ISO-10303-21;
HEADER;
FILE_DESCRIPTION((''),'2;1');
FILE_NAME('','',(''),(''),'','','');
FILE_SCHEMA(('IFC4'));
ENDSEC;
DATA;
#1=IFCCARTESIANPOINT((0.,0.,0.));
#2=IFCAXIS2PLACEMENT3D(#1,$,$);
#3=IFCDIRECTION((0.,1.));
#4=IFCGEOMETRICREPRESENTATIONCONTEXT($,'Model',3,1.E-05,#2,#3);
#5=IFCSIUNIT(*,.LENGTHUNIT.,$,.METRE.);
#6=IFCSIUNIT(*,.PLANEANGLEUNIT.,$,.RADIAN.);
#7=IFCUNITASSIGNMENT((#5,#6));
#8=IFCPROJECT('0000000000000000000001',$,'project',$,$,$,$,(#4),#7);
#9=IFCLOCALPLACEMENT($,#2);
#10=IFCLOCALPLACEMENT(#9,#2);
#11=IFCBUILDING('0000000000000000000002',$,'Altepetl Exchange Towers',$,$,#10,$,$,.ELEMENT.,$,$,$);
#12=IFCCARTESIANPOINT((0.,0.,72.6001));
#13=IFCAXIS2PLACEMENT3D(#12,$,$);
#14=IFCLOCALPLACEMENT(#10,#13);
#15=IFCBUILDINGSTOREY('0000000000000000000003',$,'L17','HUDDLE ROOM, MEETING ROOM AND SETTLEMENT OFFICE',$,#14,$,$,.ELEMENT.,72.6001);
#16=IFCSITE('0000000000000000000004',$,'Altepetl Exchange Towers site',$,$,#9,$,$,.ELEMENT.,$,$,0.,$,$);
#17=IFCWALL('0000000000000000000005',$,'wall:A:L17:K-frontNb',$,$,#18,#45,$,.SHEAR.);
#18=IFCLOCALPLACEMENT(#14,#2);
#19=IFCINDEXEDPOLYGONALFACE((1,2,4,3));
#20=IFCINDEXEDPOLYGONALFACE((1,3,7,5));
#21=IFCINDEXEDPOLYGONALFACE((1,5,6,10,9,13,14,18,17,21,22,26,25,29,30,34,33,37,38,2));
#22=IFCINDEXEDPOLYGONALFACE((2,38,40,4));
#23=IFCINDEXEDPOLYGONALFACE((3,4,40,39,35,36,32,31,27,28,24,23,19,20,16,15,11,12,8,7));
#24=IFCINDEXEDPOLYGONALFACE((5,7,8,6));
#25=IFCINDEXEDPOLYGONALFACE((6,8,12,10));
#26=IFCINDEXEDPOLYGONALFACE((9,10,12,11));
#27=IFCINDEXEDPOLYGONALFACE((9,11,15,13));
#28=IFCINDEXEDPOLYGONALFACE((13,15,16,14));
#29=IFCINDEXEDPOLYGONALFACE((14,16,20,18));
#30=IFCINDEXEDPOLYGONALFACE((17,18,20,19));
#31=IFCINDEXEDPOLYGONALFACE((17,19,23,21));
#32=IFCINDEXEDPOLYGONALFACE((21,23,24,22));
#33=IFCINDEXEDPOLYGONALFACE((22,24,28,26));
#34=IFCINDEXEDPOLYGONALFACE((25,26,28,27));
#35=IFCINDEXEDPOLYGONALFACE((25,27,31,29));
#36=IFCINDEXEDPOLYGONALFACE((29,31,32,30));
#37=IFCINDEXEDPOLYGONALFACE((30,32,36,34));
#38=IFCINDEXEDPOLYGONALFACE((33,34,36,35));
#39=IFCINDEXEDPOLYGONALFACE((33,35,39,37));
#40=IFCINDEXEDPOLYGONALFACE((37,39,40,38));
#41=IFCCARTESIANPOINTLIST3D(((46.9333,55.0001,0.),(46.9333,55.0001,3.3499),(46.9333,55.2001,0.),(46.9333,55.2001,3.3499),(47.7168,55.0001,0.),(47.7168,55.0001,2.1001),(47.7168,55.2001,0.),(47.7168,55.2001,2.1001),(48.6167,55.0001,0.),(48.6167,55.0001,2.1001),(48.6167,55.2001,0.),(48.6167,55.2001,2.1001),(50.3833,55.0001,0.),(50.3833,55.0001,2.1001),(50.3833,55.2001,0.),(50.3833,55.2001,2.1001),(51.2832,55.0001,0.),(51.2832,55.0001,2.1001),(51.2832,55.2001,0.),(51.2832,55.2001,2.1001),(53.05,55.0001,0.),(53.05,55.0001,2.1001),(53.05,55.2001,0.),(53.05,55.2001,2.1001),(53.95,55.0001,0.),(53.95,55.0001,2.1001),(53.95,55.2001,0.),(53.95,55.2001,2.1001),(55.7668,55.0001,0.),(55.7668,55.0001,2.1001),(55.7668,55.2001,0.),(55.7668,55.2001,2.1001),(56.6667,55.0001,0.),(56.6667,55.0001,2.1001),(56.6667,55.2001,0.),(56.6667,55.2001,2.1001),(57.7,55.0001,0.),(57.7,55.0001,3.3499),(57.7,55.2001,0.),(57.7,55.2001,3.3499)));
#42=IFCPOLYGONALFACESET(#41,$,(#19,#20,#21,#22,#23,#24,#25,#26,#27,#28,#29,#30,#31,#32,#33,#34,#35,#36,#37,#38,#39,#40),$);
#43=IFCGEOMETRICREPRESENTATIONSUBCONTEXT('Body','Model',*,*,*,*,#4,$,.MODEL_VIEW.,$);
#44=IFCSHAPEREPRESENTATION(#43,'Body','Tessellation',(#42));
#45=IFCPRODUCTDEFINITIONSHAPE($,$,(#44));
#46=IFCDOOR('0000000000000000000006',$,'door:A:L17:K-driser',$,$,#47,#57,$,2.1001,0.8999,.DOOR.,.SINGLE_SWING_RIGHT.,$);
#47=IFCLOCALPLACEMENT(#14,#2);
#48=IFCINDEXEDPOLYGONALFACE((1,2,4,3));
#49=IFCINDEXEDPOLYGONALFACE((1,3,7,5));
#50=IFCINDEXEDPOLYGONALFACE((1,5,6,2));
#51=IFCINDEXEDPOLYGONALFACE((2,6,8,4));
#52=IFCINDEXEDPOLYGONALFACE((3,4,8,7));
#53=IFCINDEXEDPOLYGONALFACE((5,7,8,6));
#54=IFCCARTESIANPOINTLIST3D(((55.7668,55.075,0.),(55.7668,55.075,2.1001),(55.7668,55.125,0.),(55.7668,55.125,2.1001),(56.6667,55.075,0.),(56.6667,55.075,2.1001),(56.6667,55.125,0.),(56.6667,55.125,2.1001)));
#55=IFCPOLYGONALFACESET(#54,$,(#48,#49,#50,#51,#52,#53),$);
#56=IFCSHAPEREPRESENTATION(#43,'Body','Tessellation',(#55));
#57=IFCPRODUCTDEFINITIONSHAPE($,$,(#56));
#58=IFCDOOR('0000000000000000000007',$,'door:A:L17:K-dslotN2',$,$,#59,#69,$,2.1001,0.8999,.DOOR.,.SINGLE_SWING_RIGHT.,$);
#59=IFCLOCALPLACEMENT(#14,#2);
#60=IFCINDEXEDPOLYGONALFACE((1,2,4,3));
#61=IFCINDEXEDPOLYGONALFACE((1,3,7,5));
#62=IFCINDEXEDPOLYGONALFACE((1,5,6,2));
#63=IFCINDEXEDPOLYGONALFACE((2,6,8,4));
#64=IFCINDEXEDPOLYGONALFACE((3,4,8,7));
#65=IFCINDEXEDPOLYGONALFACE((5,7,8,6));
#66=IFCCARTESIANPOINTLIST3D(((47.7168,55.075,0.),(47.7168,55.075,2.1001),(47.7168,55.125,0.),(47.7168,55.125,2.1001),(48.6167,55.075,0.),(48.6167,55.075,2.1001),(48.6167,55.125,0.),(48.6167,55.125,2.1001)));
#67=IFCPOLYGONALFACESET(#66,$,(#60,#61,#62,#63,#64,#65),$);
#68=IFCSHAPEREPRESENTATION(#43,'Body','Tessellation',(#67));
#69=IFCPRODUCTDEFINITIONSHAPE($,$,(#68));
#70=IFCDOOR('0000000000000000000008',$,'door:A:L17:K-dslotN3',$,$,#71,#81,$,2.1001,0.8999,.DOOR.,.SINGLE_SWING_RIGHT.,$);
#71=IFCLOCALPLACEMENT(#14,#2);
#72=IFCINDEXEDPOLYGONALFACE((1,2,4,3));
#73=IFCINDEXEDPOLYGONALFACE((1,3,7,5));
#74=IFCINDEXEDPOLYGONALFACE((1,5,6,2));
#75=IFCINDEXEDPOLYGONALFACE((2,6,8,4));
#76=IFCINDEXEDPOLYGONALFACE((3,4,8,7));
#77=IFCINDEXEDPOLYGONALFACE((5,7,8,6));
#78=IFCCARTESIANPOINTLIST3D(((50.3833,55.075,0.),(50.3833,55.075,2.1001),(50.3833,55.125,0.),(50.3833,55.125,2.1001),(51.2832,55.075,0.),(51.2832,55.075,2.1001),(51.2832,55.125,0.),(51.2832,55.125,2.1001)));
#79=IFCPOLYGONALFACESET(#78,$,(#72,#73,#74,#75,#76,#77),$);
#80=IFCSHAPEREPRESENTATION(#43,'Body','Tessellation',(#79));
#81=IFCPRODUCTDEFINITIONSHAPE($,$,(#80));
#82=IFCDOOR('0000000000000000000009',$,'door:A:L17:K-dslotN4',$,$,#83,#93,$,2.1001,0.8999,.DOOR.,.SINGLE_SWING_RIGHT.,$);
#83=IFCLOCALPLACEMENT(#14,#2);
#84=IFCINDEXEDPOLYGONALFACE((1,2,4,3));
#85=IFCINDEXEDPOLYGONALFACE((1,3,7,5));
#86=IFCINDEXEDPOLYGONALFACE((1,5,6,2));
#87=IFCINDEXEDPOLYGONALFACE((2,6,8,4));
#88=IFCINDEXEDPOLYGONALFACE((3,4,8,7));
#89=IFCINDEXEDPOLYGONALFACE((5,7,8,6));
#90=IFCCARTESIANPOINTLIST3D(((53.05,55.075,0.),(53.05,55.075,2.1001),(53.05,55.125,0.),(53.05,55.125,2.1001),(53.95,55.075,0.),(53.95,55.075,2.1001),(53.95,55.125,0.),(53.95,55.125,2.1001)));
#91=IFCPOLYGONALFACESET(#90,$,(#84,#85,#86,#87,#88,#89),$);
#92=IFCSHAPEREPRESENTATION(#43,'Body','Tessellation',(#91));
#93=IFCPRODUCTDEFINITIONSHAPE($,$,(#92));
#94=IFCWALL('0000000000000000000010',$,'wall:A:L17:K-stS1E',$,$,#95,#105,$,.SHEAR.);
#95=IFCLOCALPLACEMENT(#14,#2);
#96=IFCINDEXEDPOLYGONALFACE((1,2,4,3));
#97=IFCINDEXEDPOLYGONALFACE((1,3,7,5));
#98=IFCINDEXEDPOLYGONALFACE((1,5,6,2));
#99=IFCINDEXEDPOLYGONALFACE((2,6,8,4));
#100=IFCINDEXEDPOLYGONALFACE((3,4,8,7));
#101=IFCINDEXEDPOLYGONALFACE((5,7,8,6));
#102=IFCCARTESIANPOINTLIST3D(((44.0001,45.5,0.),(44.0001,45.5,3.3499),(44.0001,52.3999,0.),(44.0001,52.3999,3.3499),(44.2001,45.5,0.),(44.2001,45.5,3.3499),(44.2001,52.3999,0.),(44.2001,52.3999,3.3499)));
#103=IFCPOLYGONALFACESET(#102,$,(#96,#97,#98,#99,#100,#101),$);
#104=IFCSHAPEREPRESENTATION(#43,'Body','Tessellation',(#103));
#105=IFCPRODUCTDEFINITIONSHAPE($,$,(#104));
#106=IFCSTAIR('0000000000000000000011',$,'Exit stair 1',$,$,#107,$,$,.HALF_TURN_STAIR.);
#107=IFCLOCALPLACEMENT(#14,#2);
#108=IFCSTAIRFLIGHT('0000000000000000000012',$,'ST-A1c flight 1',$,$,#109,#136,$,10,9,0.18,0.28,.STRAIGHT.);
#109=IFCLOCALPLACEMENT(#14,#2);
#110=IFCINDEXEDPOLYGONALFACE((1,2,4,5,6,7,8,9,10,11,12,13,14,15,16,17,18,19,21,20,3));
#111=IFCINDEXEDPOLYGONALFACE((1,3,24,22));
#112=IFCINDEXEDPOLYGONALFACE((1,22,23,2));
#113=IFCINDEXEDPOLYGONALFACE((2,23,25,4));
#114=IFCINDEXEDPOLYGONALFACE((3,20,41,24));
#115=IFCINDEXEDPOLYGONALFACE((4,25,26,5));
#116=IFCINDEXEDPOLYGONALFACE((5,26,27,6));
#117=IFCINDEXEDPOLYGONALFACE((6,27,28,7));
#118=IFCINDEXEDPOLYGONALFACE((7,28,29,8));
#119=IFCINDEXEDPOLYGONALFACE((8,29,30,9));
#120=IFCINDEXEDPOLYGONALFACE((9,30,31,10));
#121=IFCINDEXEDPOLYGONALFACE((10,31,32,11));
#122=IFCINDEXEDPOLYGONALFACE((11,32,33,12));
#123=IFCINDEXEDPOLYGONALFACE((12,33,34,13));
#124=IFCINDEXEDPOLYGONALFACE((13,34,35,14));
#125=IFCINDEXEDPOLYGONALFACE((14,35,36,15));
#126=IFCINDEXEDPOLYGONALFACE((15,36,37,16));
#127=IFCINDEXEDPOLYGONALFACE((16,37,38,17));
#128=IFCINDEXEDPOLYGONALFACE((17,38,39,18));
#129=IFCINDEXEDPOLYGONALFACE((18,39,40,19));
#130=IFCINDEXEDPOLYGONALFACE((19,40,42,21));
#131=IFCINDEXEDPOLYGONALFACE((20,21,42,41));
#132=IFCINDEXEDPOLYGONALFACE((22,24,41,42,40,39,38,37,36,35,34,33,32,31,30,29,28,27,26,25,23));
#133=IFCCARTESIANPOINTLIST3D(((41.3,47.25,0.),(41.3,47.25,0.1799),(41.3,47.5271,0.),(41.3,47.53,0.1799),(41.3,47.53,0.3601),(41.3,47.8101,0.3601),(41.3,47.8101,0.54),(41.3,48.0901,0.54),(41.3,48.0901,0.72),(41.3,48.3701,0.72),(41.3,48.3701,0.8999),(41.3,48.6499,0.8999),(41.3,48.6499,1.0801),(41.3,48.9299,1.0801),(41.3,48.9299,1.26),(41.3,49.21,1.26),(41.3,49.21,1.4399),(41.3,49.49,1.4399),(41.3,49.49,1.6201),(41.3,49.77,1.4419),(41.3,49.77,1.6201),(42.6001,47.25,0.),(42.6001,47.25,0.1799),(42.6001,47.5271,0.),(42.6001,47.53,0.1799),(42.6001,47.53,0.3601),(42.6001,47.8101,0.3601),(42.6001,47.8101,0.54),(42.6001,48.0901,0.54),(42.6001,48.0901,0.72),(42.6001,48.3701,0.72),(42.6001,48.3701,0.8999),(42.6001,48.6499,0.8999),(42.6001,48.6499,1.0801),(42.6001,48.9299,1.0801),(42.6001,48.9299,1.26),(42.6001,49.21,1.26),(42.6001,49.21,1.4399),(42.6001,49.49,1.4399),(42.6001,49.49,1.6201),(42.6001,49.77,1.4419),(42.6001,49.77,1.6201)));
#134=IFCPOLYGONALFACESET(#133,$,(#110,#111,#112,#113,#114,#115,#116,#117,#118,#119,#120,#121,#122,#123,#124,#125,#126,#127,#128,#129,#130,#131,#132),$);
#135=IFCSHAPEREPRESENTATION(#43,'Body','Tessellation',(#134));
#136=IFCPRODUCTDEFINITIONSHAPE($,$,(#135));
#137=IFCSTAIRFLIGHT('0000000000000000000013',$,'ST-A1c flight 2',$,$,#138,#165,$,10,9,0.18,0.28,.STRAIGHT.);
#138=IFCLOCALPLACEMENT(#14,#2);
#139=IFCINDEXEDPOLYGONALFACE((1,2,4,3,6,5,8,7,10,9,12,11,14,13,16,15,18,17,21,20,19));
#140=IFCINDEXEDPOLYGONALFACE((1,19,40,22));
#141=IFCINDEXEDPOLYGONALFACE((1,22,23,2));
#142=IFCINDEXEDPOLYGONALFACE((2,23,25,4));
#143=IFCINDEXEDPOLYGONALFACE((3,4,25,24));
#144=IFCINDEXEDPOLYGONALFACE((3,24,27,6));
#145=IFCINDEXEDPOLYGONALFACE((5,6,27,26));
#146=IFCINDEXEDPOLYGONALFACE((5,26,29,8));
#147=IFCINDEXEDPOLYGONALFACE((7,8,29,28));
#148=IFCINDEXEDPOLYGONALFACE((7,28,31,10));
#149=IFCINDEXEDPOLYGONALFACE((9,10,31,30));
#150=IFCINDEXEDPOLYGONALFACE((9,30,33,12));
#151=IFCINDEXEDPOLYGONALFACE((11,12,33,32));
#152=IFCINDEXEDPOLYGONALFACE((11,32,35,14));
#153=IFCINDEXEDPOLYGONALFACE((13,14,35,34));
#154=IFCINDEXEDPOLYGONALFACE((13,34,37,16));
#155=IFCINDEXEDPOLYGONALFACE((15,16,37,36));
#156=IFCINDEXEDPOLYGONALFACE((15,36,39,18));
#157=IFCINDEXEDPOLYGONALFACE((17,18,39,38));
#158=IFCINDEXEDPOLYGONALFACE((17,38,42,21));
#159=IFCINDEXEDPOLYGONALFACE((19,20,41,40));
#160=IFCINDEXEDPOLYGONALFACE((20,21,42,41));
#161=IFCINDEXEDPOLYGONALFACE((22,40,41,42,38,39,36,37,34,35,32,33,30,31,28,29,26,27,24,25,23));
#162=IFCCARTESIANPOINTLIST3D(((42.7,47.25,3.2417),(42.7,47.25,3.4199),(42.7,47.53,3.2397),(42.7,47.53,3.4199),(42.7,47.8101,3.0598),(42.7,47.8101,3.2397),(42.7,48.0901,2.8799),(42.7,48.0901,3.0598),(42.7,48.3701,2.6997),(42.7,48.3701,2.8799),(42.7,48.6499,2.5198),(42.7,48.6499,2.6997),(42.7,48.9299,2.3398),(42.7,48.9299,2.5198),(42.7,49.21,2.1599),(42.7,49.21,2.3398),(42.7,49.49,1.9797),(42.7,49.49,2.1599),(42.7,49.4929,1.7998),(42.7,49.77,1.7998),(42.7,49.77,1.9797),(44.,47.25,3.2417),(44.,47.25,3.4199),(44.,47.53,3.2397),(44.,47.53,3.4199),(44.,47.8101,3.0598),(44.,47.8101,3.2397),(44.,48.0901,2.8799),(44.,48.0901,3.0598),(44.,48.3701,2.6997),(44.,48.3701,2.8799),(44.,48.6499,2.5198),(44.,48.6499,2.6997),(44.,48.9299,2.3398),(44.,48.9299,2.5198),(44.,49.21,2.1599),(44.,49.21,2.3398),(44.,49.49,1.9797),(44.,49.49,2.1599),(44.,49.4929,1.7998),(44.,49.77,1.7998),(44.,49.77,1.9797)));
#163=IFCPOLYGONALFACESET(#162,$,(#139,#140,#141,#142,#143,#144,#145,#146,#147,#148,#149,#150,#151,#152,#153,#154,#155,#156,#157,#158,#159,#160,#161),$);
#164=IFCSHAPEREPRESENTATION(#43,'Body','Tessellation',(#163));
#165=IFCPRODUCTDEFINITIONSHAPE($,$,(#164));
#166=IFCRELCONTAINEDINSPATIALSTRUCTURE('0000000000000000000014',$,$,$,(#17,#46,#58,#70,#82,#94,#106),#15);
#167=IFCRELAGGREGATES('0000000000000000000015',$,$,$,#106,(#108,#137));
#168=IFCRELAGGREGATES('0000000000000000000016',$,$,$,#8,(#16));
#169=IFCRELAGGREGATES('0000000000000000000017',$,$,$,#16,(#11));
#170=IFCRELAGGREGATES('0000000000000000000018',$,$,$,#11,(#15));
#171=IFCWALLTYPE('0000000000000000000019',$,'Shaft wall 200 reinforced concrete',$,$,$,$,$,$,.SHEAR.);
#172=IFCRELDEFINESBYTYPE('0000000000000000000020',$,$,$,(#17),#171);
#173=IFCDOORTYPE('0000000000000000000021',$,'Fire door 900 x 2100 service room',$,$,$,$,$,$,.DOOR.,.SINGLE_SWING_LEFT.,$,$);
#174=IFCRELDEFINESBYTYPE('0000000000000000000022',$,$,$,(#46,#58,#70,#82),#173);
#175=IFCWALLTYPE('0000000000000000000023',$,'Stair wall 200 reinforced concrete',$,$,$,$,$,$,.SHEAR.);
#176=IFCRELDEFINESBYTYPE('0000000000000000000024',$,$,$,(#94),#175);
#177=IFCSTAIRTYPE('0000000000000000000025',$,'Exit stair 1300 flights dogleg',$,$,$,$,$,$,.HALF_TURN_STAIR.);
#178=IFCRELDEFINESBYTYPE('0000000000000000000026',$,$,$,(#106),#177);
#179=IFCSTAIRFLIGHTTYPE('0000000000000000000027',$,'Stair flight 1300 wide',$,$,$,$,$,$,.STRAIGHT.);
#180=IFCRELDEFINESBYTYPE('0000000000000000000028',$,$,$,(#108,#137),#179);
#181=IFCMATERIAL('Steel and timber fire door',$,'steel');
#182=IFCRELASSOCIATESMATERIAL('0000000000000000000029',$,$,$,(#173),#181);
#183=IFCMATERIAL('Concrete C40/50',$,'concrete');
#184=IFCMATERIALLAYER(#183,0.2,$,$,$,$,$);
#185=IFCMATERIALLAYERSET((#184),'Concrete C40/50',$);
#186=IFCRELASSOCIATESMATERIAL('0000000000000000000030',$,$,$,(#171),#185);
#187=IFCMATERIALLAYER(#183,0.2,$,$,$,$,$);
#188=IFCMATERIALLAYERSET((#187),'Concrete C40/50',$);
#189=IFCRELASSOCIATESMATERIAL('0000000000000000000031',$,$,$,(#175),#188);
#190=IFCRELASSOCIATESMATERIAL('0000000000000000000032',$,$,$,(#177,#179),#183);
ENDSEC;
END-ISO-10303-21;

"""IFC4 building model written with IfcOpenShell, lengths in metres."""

from ifc_helpers import new_model, si_unit, direction, frame, frame_2d, origin, place, context, subcontext, project, spatial, polyline, rectangle, outline, extrude, material, layer, layer_set, type_object, element, fill, aggregate, save


model = new_model("IFC4")

# Units and contexts
model_context = context("Model", 3, precision=1e-05, world=origin(), true_north=direction((0.0, 1.0)))
body_context = subcontext(model_context, "Body", "Model", "MODEL_VIEW")
ifc_project = project(units=[si_unit("LENGTHUNIT", "METRE"), si_unit("PLANEANGLEUNIT", "RADIAN")], contexts=[model_context])

# Site, building, storey
site_placement = place(None, origin())
site = spatial("IfcSite", under=ifc_project, at=site_placement, Name="Altepetl Exchange Towers site", CompositionType="ELEMENT", RefElevation=0.0)
building_placement = place(site_placement, origin())
building = spatial("IfcBuilding", under=site, at=building_placement, Name="Altepetl Exchange Towers", CompositionType="ELEMENT")
storey_placement = place(building_placement, frame((0.0, 0.0, 72.6001)))
storey = spatial("IfcBuildingStorey", under=building, at=storey_placement, Name="L17", Description="HUDDLE ROOM, MEETING ROOM AND SETTLEMENT OFFICE", CompositionType="ELEMENT", Elevation=72.6001)

# Shared definitions
ifc_material_1 = material(Name="Steel and timber fire door", Category="steel")
door_type_1 = type_object("IfcDoorType", Name="Fire door 900 x 2100 service room", OperationType="SINGLE_SWING_LEFT", PredefinedType="DOOR", material=ifc_material_1)

# Shared definitions
ifc_material_2 = material(Name="Concrete C40/50", Category="concrete")
ifc_layer_1 = layer(ifc_material_2, 0.2)
ifc_layer_set_1 = layer_set([ifc_layer_1], Name="Concrete C40/50")
wall_type_1 = type_object("IfcWallType", Name="Shaft wall 200 reinforced concrete", PredefinedType="SHEAR", material=ifc_layer_set_1)

# Wall, openings, doors
wall_1_placement = place(storey_placement, frame((46.9333, 55.1001, 0.0)))
wall_1 = element("IfcWall", 1, at=wall_1_placement, inside=storey, type_object=wall_type_1, Name="wall:A:L17:K-frontNb", PredefinedType="SHEAR", context=body_context, shape_type="SweptSolid", body=[
    extrude(rectangle(XDim=10.7666, YDim=0.2, at=frame_2d((5.3833, 0.0))), origin(), (0.0, 0.0, 1.0), 3.3499),
])
opening_1_placement = place(wall_1_placement, frame((8.8335, 0.0, 0.0)))
opening_1 = element("IfcOpeningElement", 2, at=opening_1_placement, cuts=wall_1, PredefinedType="OPENING", context=body_context, shape_type="SweptSolid", body=[
    extrude(rectangle(XDim=0.8999, YDim=2.1001, at=frame_2d((0.45, 1.05))), frame((0.0, 0.1099, 0.0), z_axis=(0.0, -1.0, 0.0), x_axis=(1.0, 0.0, 0.0)), (0.0, 0.0, 1.0), 0.22),
])
opening_2_placement = place(wall_1_placement, frame((0.7834, 0.0, 0.0)))
opening_2 = element("IfcOpeningElement", 3, at=opening_2_placement, cuts=wall_1, PredefinedType="OPENING", context=body_context, shape_type="SweptSolid", body=[
    extrude(rectangle(XDim=0.8999, YDim=2.1001, at=frame_2d((0.45, 1.05))), frame((0.0, 0.1099, 0.0), z_axis=(0.0, -1.0, 0.0), x_axis=(1.0, 0.0, 0.0)), (0.0, 0.0, 1.0), 0.22),
])
opening_3_placement = place(wall_1_placement, frame((3.45, 0.0, 0.0)))
opening_3 = element("IfcOpeningElement", 4, at=opening_3_placement, cuts=wall_1, PredefinedType="OPENING", context=body_context, shape_type="SweptSolid", body=[
    extrude(rectangle(XDim=0.8999, YDim=2.1001, at=frame_2d((0.45, 1.05))), frame((0.0, 0.1099, 0.0), z_axis=(0.0, -1.0, 0.0), x_axis=(1.0, 0.0, 0.0)), (0.0, 0.0, 1.0), 0.22),
])
opening_4_placement = place(wall_1_placement, frame((6.1167, 0.0, 0.0)))
opening_4 = element("IfcOpeningElement", 5, at=opening_4_placement, cuts=wall_1, PredefinedType="OPENING", context=body_context, shape_type="SweptSolid", body=[
    extrude(rectangle(XDim=0.8999, YDim=2.1001, at=frame_2d((0.45, 1.05))), frame((0.0, 0.1099, 0.0), z_axis=(0.0, -1.0, 0.0), x_axis=(1.0, 0.0, 0.0)), (0.0, 0.0, 1.0), 0.22),
])
door_1_placement = place(opening_1_placement, origin())
door_1 = element("IfcDoor", 6, at=door_1_placement, inside=storey, type_object=door_type_1, Name="door:A:L17:K-driser", OperationType="SINGLE_SWING_RIGHT", OverallHeight=2.1001, OverallWidth=0.8999, PredefinedType="DOOR", context=body_context, shape_type="SweptSolid", body=[
    extrude(rectangle(XDim=0.8999, YDim=2.1001, at=frame_2d((0.45, 1.05))), frame((0.0, 0.0249, 0.0), z_axis=(0.0, -1.0, 0.0), x_axis=(1.0, 0.0, 0.0)), (0.0, 0.0, 1.0), 0.05),
])
fill(opening_1, door_1)
door_2_placement = place(opening_2_placement, origin())
door_2 = element("IfcDoor", 7, at=door_2_placement, inside=storey, type_object=door_type_1, Name="door:A:L17:K-dslotN2", OperationType="SINGLE_SWING_RIGHT", OverallHeight=2.1001, OverallWidth=0.8999, PredefinedType="DOOR", context=body_context, shape_type="SweptSolid", body=[
    extrude(rectangle(XDim=0.8999, YDim=2.1001, at=frame_2d((0.45, 1.05))), frame((0.0, 0.0249, 0.0), z_axis=(0.0, -1.0, 0.0), x_axis=(1.0, 0.0, 0.0)), (0.0, 0.0, 1.0), 0.05),
])
fill(opening_2, door_2)
door_3_placement = place(opening_3_placement, origin())
door_3 = element("IfcDoor", 8, at=door_3_placement, inside=storey, type_object=door_type_1, Name="door:A:L17:K-dslotN3", OperationType="SINGLE_SWING_RIGHT", OverallHeight=2.1001, OverallWidth=0.8999, PredefinedType="DOOR", context=body_context, shape_type="SweptSolid", body=[
    extrude(rectangle(XDim=0.8999, YDim=2.1001, at=frame_2d((0.45, 1.05))), frame((0.0, 0.0249, 0.0), z_axis=(0.0, -1.0, 0.0), x_axis=(1.0, 0.0, 0.0)), (0.0, 0.0, 1.0), 0.05),
])
fill(opening_3, door_3)
door_4_placement = place(opening_4_placement, origin())
door_4 = element("IfcDoor", 9, at=door_4_placement, inside=storey, type_object=door_type_1, Name="door:A:L17:K-dslotN4", OperationType="SINGLE_SWING_RIGHT", OverallHeight=2.1001, OverallWidth=0.8999, PredefinedType="DOOR", context=body_context, shape_type="SweptSolid", body=[
    extrude(rectangle(XDim=0.8999, YDim=2.1001, at=frame_2d((0.45, 1.05))), frame((0.0, 0.0249, 0.0), z_axis=(0.0, -1.0, 0.0), x_axis=(1.0, 0.0, 0.0)), (0.0, 0.0, 1.0), 0.05),
])
fill(opening_4, door_4)

# Wall
ifc_layer_2 = layer(ifc_material_2, 0.2)
ifc_layer_set_2 = layer_set([ifc_layer_2], Name="Concrete C40/50")
wall_type_2 = type_object("IfcWallType", Name="Stair wall 200 reinforced concrete", PredefinedType="SHEAR", material=ifc_layer_set_2)
wall_2_placement = place(storey_placement, frame((44.1001, 45.5, 0.0), z_axis=(0.0, 0.0, 1.0), x_axis=(0.0, 1.0, 0.0)))
element("IfcWall", 10, at=wall_2_placement, inside=storey, type_object=wall_type_2, Name="wall:A:L17:K-stS1E", PredefinedType="SHEAR", context=body_context, shape_type="SweptSolid", body=[
    extrude(rectangle(XDim=6.8999, YDim=0.2, at=frame_2d((3.45, 0.0))), origin(), (0.0, 0.0, 1.0), 3.3499),
])

# Stair, stair flights
stair_type = type_object("IfcStairType", Name="Exit stair 1300 flights dogleg", PredefinedType="HALF_TURN_STAIR", material=ifc_material_2)
stair_placement = place(storey_placement, origin())
stair = element("IfcStair", 11, at=stair_placement, inside=storey, type_object=stair_type, Name="Exit stair 1", PredefinedType="HALF_TURN_STAIR")
stair_flight_type = type_object("IfcStairFlightType", Name="Stair flight 1300 wide", PredefinedType="STRAIGHT", material=ifc_material_2)
stair_flight_1_placement = place(storey_placement, frame((41.95, 47.25, 0.0), z_axis=(0.0, 0.0, 1.0), x_axis=(0.0, 1.0, 0.0)))
stair_flight_1 = element("IfcStairFlight", 12, at=stair_flight_1_placement, type_object=stair_flight_type, Name="ST-A1c flight 1", NumberOfRisers=10, NumberOfTreads=9, PredefinedType="STRAIGHT", RiserHeight=0.18, TreadLength=0.28, context=body_context, shape_type="SweptSolid", body=[
    extrude(outline(polyline([(0.0, 0.0), (0.0, 0.1799), (0.28, 0.1799), (0.28, 0.3601), (0.5601, 0.3601), (0.5601, 0.54), (0.8401, 0.54), (0.8401, 0.72), (1.1201, 0.72), (1.1201, 0.8999), (1.3999, 0.8999), (1.3999, 1.0801), (1.6799, 1.0801), (1.6799, 1.26), (1.96, 1.26), (1.96, 1.4399), (2.24, 1.4399), (2.24, 1.6201), (2.52, 1.6201), (2.52, 1.8), (2.52, 1.4419), (0.2771, 0.0), (0.0, 0.0)])), frame((0.0, 0.6499, 0.0), z_axis=(0.0, -1.0, 0.0), x_axis=(1.0, 0.0, 0.0)), (0.0, 0.0, 1.0), 1.3),
])
stair_flight_2_placement = place(storey_placement, frame((43.3501, 49.77, 1.7998), z_axis=(0.0, 0.0, 1.0), x_axis=(0.0, -1.0, 0.0)))
stair_flight_2 = element("IfcStairFlight", 13, at=stair_flight_2_placement, type_object=stair_flight_type, Name="ST-A1c flight 2", NumberOfRisers=10, NumberOfTreads=9, PredefinedType="STRAIGHT", RiserHeight=0.18, TreadLength=0.28, context=body_context, shape_type="SweptSolid", body=[
    extrude(outline(polyline([(0.0, 0.0), (0.0, 0.1799), (0.28, 0.1799), (0.28, 0.3601), (0.5601, 0.3601), (0.5601, 0.54), (0.8401, 0.54), (0.8401, 0.72), (1.1201, 0.72), (1.1201, 0.8999), (1.3999, 0.8999), (1.3999, 1.0801), (1.6799, 1.0801), (1.6799, 1.26), (1.96, 1.26), (1.96, 1.4399), (2.24, 1.4399), (2.24, 1.6201), (2.52, 1.6201), (2.52, 1.8), (2.52, 1.4419), (0.2771, 0.0), (0.0, 0.0)])), frame((0.0, 0.6499, 0.0), z_axis=(0.0, -1.0, 0.0), x_axis=(1.0, 0.0, 0.0)), (0.0, 0.0, 1.0), 1.3),
])
aggregate(stair, [stair_flight_1, stair_flight_2])

save(model, "model.ifc")
